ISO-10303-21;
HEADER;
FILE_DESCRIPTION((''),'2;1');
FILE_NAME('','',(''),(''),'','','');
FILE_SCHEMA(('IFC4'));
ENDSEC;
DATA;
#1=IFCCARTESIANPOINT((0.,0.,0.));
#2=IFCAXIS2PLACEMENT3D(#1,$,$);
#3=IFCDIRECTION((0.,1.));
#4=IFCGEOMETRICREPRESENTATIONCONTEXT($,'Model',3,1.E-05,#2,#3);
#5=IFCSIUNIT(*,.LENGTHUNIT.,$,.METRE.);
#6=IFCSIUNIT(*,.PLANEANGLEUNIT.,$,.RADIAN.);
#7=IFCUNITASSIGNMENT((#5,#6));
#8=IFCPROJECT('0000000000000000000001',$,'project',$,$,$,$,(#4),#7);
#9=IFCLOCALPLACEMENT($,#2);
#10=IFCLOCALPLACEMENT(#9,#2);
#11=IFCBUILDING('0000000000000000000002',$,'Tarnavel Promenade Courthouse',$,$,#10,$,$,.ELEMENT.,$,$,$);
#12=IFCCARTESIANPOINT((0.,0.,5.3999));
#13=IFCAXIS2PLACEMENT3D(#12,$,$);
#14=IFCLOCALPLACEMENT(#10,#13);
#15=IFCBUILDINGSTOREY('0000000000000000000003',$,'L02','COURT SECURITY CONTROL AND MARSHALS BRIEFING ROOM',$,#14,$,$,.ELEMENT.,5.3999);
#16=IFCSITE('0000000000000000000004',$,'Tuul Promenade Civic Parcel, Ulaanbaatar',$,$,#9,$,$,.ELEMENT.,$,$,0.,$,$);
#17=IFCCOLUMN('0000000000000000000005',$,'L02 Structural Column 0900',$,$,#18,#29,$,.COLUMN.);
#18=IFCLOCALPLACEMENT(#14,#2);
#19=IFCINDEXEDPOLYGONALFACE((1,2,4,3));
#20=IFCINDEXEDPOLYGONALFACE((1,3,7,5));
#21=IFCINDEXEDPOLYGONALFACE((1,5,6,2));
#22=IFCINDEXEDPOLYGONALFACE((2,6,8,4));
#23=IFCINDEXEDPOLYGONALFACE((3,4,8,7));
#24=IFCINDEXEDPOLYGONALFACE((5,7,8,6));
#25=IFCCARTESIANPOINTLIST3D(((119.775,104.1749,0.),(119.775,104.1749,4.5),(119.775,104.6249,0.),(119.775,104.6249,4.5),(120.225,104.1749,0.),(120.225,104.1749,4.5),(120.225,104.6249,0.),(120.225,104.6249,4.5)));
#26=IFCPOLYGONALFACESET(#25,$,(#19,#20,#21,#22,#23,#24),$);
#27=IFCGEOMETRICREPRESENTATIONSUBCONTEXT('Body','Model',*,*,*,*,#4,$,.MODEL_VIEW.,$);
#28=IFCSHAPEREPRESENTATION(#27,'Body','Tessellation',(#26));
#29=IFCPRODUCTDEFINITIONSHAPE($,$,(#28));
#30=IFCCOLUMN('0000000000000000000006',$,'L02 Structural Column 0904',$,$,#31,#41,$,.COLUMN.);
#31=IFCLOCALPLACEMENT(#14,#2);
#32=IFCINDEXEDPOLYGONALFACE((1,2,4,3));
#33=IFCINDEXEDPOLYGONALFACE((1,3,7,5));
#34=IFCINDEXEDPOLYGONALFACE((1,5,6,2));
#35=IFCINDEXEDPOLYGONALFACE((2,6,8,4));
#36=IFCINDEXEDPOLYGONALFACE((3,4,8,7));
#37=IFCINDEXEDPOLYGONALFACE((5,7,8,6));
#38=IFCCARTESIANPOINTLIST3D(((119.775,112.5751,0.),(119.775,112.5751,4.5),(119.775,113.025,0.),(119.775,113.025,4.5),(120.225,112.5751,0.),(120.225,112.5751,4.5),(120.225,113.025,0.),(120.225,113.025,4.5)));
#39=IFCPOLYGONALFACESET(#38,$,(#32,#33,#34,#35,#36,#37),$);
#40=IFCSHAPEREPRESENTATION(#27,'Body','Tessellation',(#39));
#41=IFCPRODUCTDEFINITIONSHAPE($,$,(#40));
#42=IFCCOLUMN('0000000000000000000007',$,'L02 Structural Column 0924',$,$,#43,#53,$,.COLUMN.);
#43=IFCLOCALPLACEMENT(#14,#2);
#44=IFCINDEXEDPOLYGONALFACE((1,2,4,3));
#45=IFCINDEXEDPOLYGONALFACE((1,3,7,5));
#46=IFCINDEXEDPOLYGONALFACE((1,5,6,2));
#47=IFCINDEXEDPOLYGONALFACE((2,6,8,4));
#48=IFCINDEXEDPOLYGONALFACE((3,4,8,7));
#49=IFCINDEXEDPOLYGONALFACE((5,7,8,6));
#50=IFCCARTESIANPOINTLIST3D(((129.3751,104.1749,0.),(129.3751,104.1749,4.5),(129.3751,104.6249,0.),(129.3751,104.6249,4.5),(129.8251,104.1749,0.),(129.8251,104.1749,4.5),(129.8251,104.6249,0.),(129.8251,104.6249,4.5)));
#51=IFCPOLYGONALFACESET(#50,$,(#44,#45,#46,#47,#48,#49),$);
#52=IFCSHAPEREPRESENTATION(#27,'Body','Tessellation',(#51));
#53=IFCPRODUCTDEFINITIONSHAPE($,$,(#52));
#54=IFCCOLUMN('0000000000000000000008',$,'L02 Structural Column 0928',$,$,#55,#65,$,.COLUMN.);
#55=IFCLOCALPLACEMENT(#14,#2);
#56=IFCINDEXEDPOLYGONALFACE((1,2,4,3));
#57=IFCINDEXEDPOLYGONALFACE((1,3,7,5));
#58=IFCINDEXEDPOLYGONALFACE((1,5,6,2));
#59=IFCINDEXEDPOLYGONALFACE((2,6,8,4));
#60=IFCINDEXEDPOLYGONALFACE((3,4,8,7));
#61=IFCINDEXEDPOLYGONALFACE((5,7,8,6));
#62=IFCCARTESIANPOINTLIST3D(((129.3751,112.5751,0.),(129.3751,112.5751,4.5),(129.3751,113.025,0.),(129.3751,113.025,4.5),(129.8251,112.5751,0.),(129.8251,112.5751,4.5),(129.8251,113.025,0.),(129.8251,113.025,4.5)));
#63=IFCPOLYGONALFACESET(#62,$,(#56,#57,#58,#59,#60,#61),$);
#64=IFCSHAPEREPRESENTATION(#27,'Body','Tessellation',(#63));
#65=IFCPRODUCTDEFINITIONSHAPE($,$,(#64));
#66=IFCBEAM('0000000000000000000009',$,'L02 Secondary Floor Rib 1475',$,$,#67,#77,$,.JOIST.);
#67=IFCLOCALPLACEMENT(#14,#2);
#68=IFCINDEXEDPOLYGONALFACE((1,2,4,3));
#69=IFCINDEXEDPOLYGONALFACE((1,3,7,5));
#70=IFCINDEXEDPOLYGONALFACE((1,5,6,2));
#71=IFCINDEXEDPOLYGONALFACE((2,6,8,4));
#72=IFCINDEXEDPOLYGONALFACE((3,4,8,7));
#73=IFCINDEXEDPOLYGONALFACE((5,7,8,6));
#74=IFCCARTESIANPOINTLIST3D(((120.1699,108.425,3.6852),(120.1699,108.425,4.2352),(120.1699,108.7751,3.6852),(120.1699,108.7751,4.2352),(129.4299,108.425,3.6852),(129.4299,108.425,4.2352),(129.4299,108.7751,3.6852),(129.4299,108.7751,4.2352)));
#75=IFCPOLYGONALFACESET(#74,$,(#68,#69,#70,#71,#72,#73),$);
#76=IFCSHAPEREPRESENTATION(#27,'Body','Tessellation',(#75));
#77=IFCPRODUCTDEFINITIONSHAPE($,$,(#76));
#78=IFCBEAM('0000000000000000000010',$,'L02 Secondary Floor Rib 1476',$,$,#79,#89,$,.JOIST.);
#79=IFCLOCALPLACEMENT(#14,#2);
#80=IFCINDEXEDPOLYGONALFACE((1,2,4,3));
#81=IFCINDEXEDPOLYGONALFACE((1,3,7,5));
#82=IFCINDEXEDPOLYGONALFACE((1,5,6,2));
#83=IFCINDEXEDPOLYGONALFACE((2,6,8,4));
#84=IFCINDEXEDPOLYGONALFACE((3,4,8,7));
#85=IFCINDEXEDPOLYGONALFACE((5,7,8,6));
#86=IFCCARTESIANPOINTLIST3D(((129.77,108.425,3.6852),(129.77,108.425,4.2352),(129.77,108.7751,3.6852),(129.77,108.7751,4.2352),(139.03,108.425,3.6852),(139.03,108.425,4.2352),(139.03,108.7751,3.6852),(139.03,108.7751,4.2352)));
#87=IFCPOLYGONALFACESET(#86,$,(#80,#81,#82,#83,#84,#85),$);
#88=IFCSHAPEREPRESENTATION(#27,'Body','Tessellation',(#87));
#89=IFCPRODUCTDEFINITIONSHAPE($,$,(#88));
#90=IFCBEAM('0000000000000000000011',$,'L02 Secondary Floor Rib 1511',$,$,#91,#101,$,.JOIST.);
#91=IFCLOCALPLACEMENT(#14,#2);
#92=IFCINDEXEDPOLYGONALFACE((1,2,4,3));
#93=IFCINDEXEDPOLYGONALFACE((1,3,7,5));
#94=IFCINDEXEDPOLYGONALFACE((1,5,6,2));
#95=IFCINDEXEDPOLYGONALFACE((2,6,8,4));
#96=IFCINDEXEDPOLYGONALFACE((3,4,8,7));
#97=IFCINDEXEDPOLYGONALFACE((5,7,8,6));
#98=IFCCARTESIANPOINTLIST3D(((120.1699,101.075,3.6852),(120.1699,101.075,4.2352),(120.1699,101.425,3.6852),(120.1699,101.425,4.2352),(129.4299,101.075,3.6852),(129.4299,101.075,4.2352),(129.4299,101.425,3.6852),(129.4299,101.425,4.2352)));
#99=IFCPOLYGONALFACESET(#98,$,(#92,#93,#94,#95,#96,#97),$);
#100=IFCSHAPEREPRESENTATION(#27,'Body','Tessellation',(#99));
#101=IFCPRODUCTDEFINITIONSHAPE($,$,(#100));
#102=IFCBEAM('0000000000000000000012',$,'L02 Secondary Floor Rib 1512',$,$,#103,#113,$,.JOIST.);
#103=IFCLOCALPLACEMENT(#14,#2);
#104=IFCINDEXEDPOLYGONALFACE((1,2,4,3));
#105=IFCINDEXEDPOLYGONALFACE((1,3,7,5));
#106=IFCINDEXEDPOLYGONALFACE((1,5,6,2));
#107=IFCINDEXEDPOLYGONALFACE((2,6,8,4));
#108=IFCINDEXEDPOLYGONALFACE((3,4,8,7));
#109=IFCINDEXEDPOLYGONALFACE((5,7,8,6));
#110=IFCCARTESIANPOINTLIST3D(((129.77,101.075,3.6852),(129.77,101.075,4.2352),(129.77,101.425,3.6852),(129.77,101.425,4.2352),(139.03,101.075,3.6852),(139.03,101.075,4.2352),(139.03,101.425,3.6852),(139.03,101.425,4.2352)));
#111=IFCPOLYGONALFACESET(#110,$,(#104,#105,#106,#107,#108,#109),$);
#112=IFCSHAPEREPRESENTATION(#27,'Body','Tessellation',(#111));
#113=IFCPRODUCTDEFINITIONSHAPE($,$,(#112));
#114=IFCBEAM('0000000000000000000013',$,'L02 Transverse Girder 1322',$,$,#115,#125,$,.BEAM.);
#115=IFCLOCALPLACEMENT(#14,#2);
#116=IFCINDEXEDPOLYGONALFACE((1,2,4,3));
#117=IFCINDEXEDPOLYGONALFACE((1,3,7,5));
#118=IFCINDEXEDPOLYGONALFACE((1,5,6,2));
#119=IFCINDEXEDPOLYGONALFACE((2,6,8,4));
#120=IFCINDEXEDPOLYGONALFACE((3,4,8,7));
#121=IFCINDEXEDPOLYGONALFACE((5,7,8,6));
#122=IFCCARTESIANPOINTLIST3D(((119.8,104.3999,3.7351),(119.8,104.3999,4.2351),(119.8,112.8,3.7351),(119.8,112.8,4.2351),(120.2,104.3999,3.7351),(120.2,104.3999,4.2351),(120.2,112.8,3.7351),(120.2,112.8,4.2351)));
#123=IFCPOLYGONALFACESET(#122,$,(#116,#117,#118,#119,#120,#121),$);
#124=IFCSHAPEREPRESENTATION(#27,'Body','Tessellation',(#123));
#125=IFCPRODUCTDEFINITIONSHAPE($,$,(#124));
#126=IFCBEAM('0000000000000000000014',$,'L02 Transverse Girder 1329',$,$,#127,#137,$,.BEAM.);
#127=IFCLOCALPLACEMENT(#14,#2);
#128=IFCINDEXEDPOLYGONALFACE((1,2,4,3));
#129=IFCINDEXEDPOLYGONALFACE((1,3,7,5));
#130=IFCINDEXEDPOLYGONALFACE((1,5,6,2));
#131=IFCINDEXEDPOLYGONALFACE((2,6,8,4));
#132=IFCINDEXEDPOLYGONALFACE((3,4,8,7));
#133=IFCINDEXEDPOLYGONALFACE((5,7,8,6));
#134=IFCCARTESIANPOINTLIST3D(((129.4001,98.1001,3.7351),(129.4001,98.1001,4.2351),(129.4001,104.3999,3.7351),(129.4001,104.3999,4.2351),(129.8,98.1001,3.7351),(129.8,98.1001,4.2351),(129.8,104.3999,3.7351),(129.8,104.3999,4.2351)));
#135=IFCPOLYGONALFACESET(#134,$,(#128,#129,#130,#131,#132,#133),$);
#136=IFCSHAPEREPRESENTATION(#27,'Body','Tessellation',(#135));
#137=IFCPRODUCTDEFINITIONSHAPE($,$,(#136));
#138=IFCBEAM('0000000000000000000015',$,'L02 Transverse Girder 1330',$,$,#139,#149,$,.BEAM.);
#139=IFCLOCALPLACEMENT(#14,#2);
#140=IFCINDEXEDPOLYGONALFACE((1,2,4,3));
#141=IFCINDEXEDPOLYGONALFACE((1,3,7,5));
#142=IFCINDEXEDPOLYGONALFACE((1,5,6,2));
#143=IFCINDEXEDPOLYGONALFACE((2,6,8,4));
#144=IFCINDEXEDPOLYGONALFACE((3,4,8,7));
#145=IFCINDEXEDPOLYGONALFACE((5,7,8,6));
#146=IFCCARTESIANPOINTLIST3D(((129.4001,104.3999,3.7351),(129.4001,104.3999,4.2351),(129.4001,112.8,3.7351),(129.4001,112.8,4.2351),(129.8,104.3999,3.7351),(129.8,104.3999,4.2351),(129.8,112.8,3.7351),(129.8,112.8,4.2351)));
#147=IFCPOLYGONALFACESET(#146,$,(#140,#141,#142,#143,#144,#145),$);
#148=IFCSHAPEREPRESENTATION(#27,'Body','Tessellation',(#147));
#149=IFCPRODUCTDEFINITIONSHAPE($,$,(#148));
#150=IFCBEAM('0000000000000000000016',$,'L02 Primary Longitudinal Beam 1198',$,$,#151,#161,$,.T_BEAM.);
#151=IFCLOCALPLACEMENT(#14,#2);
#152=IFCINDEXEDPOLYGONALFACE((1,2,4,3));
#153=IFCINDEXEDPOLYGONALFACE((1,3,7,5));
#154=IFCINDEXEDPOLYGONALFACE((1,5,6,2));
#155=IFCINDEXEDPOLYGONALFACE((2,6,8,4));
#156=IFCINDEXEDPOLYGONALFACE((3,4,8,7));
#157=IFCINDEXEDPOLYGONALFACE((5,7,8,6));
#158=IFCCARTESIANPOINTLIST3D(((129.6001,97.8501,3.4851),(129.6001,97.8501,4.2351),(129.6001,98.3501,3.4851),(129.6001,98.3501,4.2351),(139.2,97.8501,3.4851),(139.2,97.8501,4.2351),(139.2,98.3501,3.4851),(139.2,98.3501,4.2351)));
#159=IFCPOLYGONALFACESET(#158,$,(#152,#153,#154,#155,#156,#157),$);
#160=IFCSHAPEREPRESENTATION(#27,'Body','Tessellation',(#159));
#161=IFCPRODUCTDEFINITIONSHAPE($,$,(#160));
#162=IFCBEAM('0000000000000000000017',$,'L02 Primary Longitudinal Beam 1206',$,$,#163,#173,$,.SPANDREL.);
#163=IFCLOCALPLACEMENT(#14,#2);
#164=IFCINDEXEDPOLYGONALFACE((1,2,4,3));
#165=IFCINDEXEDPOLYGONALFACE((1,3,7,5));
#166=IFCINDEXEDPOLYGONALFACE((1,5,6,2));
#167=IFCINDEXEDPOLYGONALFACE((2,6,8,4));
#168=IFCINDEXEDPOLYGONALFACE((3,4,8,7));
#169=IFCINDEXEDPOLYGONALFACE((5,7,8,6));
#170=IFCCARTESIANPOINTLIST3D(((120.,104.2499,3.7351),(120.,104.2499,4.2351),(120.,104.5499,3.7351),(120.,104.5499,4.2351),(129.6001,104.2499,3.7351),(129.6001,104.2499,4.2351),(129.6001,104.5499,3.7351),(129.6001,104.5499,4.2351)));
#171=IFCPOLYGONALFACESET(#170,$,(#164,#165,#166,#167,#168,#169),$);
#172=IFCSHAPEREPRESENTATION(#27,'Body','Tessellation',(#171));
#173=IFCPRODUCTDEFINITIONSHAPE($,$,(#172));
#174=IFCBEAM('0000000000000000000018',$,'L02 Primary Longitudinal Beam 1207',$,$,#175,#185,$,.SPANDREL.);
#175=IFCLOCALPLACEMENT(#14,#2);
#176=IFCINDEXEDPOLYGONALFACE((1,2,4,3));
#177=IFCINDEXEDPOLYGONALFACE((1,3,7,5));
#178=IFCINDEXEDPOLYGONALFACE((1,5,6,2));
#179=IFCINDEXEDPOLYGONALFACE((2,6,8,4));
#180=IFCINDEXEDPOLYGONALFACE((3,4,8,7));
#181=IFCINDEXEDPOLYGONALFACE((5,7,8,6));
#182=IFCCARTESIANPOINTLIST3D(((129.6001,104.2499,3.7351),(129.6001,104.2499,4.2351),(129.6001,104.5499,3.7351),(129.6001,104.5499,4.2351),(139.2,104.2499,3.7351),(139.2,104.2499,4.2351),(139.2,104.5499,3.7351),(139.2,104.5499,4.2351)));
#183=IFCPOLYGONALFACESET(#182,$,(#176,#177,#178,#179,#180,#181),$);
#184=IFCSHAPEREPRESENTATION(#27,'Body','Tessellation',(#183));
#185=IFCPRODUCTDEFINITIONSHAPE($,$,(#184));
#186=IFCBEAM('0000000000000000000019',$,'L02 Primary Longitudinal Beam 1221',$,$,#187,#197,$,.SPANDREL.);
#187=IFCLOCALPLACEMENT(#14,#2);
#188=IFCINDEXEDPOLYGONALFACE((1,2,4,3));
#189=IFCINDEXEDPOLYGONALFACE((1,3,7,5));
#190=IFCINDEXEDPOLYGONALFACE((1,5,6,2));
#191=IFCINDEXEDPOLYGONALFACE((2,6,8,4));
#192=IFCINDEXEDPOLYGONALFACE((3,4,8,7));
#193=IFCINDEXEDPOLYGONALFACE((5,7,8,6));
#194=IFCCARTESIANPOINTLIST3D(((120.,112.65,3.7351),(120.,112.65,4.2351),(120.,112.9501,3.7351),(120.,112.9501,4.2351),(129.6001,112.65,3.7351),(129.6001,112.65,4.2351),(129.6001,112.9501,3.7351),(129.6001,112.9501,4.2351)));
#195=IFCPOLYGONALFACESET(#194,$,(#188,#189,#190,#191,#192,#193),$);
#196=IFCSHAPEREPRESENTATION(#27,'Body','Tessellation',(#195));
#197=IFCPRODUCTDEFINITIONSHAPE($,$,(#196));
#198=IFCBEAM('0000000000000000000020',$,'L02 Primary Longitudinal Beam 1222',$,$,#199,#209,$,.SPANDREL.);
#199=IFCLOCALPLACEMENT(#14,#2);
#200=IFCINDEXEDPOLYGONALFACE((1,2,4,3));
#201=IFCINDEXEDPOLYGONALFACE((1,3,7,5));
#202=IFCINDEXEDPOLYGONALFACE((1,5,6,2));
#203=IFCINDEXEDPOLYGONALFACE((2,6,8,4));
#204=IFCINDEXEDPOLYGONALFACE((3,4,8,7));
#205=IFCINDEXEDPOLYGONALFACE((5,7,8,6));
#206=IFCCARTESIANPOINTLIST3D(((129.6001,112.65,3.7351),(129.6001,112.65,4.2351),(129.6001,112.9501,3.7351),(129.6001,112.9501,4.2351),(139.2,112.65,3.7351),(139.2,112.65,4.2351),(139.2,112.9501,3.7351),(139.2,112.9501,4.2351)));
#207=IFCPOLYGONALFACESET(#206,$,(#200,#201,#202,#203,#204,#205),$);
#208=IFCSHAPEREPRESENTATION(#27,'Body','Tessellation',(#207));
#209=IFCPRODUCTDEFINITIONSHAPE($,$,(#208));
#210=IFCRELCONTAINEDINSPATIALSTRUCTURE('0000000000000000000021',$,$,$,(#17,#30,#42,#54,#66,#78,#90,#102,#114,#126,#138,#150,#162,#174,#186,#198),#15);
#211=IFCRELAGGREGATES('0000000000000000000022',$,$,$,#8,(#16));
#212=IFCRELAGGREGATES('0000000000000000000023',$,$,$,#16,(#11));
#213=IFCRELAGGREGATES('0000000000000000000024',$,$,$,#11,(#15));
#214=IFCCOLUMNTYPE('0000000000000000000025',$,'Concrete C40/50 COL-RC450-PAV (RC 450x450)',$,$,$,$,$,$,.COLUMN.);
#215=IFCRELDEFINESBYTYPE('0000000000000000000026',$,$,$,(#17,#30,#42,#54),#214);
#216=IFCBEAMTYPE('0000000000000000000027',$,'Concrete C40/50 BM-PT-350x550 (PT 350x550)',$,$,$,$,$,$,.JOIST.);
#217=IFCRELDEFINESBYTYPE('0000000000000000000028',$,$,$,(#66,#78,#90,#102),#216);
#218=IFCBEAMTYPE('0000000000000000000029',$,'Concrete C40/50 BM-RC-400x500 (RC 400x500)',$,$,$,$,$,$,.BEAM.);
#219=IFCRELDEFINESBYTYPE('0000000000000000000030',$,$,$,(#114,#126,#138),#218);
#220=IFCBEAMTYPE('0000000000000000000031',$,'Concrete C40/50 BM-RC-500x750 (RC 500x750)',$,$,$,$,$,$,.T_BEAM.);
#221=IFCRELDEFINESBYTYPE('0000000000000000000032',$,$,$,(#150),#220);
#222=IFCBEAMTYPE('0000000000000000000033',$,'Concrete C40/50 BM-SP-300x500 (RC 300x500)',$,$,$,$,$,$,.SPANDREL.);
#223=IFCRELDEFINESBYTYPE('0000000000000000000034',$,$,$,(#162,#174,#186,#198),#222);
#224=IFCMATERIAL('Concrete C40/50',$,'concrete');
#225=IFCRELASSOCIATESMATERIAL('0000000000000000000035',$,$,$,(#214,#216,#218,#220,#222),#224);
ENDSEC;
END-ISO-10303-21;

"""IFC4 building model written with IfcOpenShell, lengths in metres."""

from ifc_helpers import new_model, si_unit, direction, frame, origin, origin_2d, place, context, subcontext, project, spatial, rectangle, extrude, material, material_profile, profile_set, type_object, element, save


model = new_model("IFC4")

# Units and contexts
model_context = context("Model", 3, precision=1e-05, world=origin(), true_north=direction((0.0, 1.0)))
body_context = subcontext(model_context, "Body", "Model", "MODEL_VIEW")
ifc_project = project(units=[si_unit("LENGTHUNIT", "METRE"), si_unit("PLANEANGLEUNIT", "RADIAN")], contexts=[model_context])

# Site, building, storey
site_placement = place(None, origin())
site = spatial("IfcSite", under=ifc_project, at=site_placement, Name="Tuul Promenade Civic Parcel, Ulaanbaatar", CompositionType="ELEMENT", RefElevation=0.0)
building_placement = place(site_placement, origin())
building = spatial("IfcBuilding", under=site, at=building_placement, Name="Tarnavel Promenade Courthouse", CompositionType="ELEMENT")
storey_placement = place(building_placement, frame((0.0, 0.0, 5.3999)))
storey = spatial("IfcBuildingStorey", under=building, at=storey_placement, Name="L02", Description="COURT SECURITY CONTROL AND MARSHALS BRIEFING ROOM", CompositionType="ELEMENT", Elevation=5.3999)

# Columns
ifc_material_1 = material(Name="Concrete C40/50", Category="concrete")
ifc_material_profile_1 = material_profile(ifc_material_1, rectangle(XDim=0.45, YDim=0.45, at=origin_2d()), Name="RC 450x450")
ifc_profile_set_1 = profile_set([ifc_material_profile_1], Name="Concrete C40/50")
column_type = type_object("IfcColumnType", Name="Concrete C40/50 COL-RC450-PAV (RC 450x450)", PredefinedType="COLUMN", material=ifc_profile_set_1)
for number, where, z_axis, x_axis, name in (
    (1, (120.0, 104.3999, 0.0), (0.0, 0.0, 1.0), (1.0, 0.0, 0.0), "L02 Structural Column 0900"),
    (2, (120.0, 112.8, 0.0), (0.0, 0.0, 1.0), (1.0, 0.0, 0.0), "L02 Structural Column 0904"),
    (3, (129.6001, 104.3999, 0.0), (0.0, 0.0, 1.0), (1.0, 0.0, 0.0), "L02 Structural Column 0924"),
    (4, (129.6001, 112.8, 0.0), (0.0, 0.0, 1.0), (1.0, 0.0, 0.0), "L02 Structural Column 0928"),
):
    element("IfcColumn", number, at=place(storey_placement, frame(where, z_axis=z_axis, x_axis=x_axis)), inside=storey, type_object=column_type, Name=name, PredefinedType="COLUMN", context=body_context, shape_type="SweptSolid", body=[
        extrude(rectangle(XDim=0.45, YDim=0.45, at=origin_2d()), origin(), (0.0, 0.0, 1.0), 4.5),
    ])

# Beams
ifc_material_profile_2 = material_profile(ifc_material_1, rectangle(XDim=0.3501, YDim=0.55, at=origin_2d()), Name="PT 350x550")
ifc_profile_set_2 = profile_set([ifc_material_profile_2], Name="Concrete C40/50")
beam_type_1 = type_object("IfcBeamType", Name="Concrete C40/50 BM-PT-350x550 (PT 350x550)", PredefinedType="JOIST", material=ifc_profile_set_2)
for number, where, z_axis, x_axis, name in (
    (5, (120.1699, 108.6001, 3.9602), (1.0, 0.0, 0.0), (0.0, 1.0, 0.0), "L02 Secondary Floor Rib 1475"),
    (6, (129.77, 108.6001, 3.9602), (1.0, 0.0, 0.0), (0.0, 1.0, 0.0), "L02 Secondary Floor Rib 1476"),
    (7, (120.1699, 101.25, 3.9602), (1.0, 0.0, 0.0), (0.0, 1.0, 0.0), "L02 Secondary Floor Rib 1511"),
    (8, (129.77, 101.25, 3.9602), (1.0, 0.0, 0.0), (0.0, 1.0, 0.0), "L02 Secondary Floor Rib 1512"),
):
    element("IfcBeam", number, at=place(storey_placement, frame(where, z_axis=z_axis, x_axis=x_axis)), inside=storey, type_object=beam_type_1, Name=name, PredefinedType="JOIST", context=body_context, shape_type="SweptSolid", body=[
        extrude(rectangle(XDim=0.3501, YDim=0.55, at=origin_2d()), origin(), (0.0, 0.0, 1.0), 9.26),
    ])
ifc_material_profile_3 = material_profile(ifc_material_1, rectangle(XDim=0.3999, YDim=0.5, at=origin_2d()), Name="RC 400x500")
ifc_profile_set_3 = profile_set([ifc_material_profile_3], Name="Concrete C40/50")
beam_type_2 = type_object("IfcBeamType", Name="Concrete C40/50 BM-RC-400x500 (RC 400x500)", PredefinedType="BEAM", material=ifc_profile_set_3)
beam_1_placement = place(storey_placement, frame((120.0, 104.3999, 3.9851), z_axis=(0.0, 1.0, 0.0), x_axis=(-1.0, 0.0, 0.0)))
element("IfcBeam", 9, at=beam_1_placement, inside=storey, type_object=beam_type_2, Name="L02 Transverse Girder 1322", PredefinedType="BEAM", context=body_context, shape_type="SweptSolid", body=[
    extrude(rectangle(XDim=0.3999, YDim=0.5, at=origin_2d()), origin(), (0.0, 0.0, 1.0), 8.4001),
])
beam_2_placement = place(storey_placement, frame((129.6001, 98.1001, 3.9851), z_axis=(0.0, 1.0, 0.0), x_axis=(-1.0, 0.0, 0.0)))
element("IfcBeam", 10, at=beam_2_placement, inside=storey, type_object=beam_type_2, Name="L02 Transverse Girder 1329", PredefinedType="BEAM", context=body_context, shape_type="SweptSolid", body=[
    extrude(rectangle(XDim=0.3999, YDim=0.5, at=origin_2d()), origin(), (0.0, 0.0, 1.0), 6.2998),
])
beam_3_placement = place(storey_placement, frame((129.6001, 104.3999, 3.9851), z_axis=(0.0, 1.0, 0.0), x_axis=(-1.0, 0.0, 0.0)))
element("IfcBeam", 11, at=beam_3_placement, inside=storey, type_object=beam_type_2, Name="L02 Transverse Girder 1330", PredefinedType="BEAM", context=body_context, shape_type="SweptSolid", body=[
    extrude(rectangle(XDim=0.3999, YDim=0.5, at=origin_2d()), origin(), (0.0, 0.0, 1.0), 8.4001),
])
ifc_material_profile_4 = material_profile(ifc_material_1, rectangle(XDim=0.5, YDim=0.75, at=origin_2d()), Name="RC 500x750")
ifc_profile_set_4 = profile_set([ifc_material_profile_4], Name="Concrete C40/50")
beam_type_3 = type_object("IfcBeamType", Name="Concrete C40/50 BM-RC-500x750 (RC 500x750)", PredefinedType="T_BEAM", material=ifc_profile_set_4)
beam_4_placement = place(storey_placement, frame((129.6001, 98.1001, 3.8601), z_axis=(1.0, 0.0, 0.0), x_axis=(0.0, 1.0, 0.0)))
element("IfcBeam", 12, at=beam_4_placement, inside=storey, type_object=beam_type_3, Name="L02 Primary Longitudinal Beam 1198", PredefinedType="T_BEAM", context=body_context, shape_type="SweptSolid", body=[
    extrude(rectangle(XDim=0.5, YDim=0.75, at=origin_2d()), origin(), (0.0, 0.0, 1.0), 9.5999),
])
ifc_material_profile_5 = material_profile(ifc_material_1, rectangle(XDim=0.3, YDim=0.5, at=origin_2d()), Name="RC 300x500")
ifc_profile_set_5 = profile_set([ifc_material_profile_5], Name="Concrete C40/50")
beam_type_4 = type_object("IfcBeamType", Name="Concrete C40/50 BM-SP-300x500 (RC 300x500)", PredefinedType="SPANDREL", material=ifc_profile_set_5)
beam_5_placement = place(storey_placement, frame((120.0, 104.3999, 3.9851), z_axis=(1.0, 0.0, 0.0), x_axis=(0.0, 1.0, 0.0)))
element("IfcBeam", 13, at=beam_5_placement, inside=storey, type_object=beam_type_4, Name="L02 Primary Longitudinal Beam 1206", PredefinedType="SPANDREL", context=body_context, shape_type="SweptSolid", body=[
    extrude(rectangle(XDim=0.3, YDim=0.5, at=origin_2d()), origin(), (0.0, 0.0, 1.0), 9.6001),
])
beam_6_placement = place(storey_placement, frame((129.6001, 104.3999, 3.9851), z_axis=(1.0, 0.0, 0.0), x_axis=(0.0, 1.0, 0.0)))
element("IfcBeam", 14, at=beam_6_placement, inside=storey, type_object=beam_type_4, Name="L02 Primary Longitudinal Beam 1207", PredefinedType="SPANDREL", context=body_context, shape_type="SweptSolid", body=[
    extrude(rectangle(XDim=0.3, YDim=0.5, at=origin_2d()), origin(), (0.0, 0.0, 1.0), 9.5999),
])
beam_7_placement = place(storey_placement, frame((120.0, 112.8, 3.9851), z_axis=(1.0, 0.0, 0.0), x_axis=(0.0, 1.0, 0.0)))
element("IfcBeam", 15, at=beam_7_placement, inside=storey, type_object=beam_type_4, Name="L02 Primary Longitudinal Beam 1221", PredefinedType="SPANDREL", context=body_context, shape_type="SweptSolid", body=[
    extrude(rectangle(XDim=0.3, YDim=0.5, at=origin_2d()), origin(), (0.0, 0.0, 1.0), 9.6001),
])
beam_8_placement = place(storey_placement, frame((129.6001, 112.8, 3.9851), z_axis=(1.0, 0.0, 0.0), x_axis=(0.0, 1.0, 0.0)))
element("IfcBeam", 16, at=beam_8_placement, inside=storey, type_object=beam_type_4, Name="L02 Primary Longitudinal Beam 1222", PredefinedType="SPANDREL", context=body_context, shape_type="SweptSolid", body=[
    extrude(rectangle(XDim=0.3, YDim=0.5, at=origin_2d()), origin(), (0.0, 0.0, 1.0), 9.5999),
])

save(model, "model.ifc")
